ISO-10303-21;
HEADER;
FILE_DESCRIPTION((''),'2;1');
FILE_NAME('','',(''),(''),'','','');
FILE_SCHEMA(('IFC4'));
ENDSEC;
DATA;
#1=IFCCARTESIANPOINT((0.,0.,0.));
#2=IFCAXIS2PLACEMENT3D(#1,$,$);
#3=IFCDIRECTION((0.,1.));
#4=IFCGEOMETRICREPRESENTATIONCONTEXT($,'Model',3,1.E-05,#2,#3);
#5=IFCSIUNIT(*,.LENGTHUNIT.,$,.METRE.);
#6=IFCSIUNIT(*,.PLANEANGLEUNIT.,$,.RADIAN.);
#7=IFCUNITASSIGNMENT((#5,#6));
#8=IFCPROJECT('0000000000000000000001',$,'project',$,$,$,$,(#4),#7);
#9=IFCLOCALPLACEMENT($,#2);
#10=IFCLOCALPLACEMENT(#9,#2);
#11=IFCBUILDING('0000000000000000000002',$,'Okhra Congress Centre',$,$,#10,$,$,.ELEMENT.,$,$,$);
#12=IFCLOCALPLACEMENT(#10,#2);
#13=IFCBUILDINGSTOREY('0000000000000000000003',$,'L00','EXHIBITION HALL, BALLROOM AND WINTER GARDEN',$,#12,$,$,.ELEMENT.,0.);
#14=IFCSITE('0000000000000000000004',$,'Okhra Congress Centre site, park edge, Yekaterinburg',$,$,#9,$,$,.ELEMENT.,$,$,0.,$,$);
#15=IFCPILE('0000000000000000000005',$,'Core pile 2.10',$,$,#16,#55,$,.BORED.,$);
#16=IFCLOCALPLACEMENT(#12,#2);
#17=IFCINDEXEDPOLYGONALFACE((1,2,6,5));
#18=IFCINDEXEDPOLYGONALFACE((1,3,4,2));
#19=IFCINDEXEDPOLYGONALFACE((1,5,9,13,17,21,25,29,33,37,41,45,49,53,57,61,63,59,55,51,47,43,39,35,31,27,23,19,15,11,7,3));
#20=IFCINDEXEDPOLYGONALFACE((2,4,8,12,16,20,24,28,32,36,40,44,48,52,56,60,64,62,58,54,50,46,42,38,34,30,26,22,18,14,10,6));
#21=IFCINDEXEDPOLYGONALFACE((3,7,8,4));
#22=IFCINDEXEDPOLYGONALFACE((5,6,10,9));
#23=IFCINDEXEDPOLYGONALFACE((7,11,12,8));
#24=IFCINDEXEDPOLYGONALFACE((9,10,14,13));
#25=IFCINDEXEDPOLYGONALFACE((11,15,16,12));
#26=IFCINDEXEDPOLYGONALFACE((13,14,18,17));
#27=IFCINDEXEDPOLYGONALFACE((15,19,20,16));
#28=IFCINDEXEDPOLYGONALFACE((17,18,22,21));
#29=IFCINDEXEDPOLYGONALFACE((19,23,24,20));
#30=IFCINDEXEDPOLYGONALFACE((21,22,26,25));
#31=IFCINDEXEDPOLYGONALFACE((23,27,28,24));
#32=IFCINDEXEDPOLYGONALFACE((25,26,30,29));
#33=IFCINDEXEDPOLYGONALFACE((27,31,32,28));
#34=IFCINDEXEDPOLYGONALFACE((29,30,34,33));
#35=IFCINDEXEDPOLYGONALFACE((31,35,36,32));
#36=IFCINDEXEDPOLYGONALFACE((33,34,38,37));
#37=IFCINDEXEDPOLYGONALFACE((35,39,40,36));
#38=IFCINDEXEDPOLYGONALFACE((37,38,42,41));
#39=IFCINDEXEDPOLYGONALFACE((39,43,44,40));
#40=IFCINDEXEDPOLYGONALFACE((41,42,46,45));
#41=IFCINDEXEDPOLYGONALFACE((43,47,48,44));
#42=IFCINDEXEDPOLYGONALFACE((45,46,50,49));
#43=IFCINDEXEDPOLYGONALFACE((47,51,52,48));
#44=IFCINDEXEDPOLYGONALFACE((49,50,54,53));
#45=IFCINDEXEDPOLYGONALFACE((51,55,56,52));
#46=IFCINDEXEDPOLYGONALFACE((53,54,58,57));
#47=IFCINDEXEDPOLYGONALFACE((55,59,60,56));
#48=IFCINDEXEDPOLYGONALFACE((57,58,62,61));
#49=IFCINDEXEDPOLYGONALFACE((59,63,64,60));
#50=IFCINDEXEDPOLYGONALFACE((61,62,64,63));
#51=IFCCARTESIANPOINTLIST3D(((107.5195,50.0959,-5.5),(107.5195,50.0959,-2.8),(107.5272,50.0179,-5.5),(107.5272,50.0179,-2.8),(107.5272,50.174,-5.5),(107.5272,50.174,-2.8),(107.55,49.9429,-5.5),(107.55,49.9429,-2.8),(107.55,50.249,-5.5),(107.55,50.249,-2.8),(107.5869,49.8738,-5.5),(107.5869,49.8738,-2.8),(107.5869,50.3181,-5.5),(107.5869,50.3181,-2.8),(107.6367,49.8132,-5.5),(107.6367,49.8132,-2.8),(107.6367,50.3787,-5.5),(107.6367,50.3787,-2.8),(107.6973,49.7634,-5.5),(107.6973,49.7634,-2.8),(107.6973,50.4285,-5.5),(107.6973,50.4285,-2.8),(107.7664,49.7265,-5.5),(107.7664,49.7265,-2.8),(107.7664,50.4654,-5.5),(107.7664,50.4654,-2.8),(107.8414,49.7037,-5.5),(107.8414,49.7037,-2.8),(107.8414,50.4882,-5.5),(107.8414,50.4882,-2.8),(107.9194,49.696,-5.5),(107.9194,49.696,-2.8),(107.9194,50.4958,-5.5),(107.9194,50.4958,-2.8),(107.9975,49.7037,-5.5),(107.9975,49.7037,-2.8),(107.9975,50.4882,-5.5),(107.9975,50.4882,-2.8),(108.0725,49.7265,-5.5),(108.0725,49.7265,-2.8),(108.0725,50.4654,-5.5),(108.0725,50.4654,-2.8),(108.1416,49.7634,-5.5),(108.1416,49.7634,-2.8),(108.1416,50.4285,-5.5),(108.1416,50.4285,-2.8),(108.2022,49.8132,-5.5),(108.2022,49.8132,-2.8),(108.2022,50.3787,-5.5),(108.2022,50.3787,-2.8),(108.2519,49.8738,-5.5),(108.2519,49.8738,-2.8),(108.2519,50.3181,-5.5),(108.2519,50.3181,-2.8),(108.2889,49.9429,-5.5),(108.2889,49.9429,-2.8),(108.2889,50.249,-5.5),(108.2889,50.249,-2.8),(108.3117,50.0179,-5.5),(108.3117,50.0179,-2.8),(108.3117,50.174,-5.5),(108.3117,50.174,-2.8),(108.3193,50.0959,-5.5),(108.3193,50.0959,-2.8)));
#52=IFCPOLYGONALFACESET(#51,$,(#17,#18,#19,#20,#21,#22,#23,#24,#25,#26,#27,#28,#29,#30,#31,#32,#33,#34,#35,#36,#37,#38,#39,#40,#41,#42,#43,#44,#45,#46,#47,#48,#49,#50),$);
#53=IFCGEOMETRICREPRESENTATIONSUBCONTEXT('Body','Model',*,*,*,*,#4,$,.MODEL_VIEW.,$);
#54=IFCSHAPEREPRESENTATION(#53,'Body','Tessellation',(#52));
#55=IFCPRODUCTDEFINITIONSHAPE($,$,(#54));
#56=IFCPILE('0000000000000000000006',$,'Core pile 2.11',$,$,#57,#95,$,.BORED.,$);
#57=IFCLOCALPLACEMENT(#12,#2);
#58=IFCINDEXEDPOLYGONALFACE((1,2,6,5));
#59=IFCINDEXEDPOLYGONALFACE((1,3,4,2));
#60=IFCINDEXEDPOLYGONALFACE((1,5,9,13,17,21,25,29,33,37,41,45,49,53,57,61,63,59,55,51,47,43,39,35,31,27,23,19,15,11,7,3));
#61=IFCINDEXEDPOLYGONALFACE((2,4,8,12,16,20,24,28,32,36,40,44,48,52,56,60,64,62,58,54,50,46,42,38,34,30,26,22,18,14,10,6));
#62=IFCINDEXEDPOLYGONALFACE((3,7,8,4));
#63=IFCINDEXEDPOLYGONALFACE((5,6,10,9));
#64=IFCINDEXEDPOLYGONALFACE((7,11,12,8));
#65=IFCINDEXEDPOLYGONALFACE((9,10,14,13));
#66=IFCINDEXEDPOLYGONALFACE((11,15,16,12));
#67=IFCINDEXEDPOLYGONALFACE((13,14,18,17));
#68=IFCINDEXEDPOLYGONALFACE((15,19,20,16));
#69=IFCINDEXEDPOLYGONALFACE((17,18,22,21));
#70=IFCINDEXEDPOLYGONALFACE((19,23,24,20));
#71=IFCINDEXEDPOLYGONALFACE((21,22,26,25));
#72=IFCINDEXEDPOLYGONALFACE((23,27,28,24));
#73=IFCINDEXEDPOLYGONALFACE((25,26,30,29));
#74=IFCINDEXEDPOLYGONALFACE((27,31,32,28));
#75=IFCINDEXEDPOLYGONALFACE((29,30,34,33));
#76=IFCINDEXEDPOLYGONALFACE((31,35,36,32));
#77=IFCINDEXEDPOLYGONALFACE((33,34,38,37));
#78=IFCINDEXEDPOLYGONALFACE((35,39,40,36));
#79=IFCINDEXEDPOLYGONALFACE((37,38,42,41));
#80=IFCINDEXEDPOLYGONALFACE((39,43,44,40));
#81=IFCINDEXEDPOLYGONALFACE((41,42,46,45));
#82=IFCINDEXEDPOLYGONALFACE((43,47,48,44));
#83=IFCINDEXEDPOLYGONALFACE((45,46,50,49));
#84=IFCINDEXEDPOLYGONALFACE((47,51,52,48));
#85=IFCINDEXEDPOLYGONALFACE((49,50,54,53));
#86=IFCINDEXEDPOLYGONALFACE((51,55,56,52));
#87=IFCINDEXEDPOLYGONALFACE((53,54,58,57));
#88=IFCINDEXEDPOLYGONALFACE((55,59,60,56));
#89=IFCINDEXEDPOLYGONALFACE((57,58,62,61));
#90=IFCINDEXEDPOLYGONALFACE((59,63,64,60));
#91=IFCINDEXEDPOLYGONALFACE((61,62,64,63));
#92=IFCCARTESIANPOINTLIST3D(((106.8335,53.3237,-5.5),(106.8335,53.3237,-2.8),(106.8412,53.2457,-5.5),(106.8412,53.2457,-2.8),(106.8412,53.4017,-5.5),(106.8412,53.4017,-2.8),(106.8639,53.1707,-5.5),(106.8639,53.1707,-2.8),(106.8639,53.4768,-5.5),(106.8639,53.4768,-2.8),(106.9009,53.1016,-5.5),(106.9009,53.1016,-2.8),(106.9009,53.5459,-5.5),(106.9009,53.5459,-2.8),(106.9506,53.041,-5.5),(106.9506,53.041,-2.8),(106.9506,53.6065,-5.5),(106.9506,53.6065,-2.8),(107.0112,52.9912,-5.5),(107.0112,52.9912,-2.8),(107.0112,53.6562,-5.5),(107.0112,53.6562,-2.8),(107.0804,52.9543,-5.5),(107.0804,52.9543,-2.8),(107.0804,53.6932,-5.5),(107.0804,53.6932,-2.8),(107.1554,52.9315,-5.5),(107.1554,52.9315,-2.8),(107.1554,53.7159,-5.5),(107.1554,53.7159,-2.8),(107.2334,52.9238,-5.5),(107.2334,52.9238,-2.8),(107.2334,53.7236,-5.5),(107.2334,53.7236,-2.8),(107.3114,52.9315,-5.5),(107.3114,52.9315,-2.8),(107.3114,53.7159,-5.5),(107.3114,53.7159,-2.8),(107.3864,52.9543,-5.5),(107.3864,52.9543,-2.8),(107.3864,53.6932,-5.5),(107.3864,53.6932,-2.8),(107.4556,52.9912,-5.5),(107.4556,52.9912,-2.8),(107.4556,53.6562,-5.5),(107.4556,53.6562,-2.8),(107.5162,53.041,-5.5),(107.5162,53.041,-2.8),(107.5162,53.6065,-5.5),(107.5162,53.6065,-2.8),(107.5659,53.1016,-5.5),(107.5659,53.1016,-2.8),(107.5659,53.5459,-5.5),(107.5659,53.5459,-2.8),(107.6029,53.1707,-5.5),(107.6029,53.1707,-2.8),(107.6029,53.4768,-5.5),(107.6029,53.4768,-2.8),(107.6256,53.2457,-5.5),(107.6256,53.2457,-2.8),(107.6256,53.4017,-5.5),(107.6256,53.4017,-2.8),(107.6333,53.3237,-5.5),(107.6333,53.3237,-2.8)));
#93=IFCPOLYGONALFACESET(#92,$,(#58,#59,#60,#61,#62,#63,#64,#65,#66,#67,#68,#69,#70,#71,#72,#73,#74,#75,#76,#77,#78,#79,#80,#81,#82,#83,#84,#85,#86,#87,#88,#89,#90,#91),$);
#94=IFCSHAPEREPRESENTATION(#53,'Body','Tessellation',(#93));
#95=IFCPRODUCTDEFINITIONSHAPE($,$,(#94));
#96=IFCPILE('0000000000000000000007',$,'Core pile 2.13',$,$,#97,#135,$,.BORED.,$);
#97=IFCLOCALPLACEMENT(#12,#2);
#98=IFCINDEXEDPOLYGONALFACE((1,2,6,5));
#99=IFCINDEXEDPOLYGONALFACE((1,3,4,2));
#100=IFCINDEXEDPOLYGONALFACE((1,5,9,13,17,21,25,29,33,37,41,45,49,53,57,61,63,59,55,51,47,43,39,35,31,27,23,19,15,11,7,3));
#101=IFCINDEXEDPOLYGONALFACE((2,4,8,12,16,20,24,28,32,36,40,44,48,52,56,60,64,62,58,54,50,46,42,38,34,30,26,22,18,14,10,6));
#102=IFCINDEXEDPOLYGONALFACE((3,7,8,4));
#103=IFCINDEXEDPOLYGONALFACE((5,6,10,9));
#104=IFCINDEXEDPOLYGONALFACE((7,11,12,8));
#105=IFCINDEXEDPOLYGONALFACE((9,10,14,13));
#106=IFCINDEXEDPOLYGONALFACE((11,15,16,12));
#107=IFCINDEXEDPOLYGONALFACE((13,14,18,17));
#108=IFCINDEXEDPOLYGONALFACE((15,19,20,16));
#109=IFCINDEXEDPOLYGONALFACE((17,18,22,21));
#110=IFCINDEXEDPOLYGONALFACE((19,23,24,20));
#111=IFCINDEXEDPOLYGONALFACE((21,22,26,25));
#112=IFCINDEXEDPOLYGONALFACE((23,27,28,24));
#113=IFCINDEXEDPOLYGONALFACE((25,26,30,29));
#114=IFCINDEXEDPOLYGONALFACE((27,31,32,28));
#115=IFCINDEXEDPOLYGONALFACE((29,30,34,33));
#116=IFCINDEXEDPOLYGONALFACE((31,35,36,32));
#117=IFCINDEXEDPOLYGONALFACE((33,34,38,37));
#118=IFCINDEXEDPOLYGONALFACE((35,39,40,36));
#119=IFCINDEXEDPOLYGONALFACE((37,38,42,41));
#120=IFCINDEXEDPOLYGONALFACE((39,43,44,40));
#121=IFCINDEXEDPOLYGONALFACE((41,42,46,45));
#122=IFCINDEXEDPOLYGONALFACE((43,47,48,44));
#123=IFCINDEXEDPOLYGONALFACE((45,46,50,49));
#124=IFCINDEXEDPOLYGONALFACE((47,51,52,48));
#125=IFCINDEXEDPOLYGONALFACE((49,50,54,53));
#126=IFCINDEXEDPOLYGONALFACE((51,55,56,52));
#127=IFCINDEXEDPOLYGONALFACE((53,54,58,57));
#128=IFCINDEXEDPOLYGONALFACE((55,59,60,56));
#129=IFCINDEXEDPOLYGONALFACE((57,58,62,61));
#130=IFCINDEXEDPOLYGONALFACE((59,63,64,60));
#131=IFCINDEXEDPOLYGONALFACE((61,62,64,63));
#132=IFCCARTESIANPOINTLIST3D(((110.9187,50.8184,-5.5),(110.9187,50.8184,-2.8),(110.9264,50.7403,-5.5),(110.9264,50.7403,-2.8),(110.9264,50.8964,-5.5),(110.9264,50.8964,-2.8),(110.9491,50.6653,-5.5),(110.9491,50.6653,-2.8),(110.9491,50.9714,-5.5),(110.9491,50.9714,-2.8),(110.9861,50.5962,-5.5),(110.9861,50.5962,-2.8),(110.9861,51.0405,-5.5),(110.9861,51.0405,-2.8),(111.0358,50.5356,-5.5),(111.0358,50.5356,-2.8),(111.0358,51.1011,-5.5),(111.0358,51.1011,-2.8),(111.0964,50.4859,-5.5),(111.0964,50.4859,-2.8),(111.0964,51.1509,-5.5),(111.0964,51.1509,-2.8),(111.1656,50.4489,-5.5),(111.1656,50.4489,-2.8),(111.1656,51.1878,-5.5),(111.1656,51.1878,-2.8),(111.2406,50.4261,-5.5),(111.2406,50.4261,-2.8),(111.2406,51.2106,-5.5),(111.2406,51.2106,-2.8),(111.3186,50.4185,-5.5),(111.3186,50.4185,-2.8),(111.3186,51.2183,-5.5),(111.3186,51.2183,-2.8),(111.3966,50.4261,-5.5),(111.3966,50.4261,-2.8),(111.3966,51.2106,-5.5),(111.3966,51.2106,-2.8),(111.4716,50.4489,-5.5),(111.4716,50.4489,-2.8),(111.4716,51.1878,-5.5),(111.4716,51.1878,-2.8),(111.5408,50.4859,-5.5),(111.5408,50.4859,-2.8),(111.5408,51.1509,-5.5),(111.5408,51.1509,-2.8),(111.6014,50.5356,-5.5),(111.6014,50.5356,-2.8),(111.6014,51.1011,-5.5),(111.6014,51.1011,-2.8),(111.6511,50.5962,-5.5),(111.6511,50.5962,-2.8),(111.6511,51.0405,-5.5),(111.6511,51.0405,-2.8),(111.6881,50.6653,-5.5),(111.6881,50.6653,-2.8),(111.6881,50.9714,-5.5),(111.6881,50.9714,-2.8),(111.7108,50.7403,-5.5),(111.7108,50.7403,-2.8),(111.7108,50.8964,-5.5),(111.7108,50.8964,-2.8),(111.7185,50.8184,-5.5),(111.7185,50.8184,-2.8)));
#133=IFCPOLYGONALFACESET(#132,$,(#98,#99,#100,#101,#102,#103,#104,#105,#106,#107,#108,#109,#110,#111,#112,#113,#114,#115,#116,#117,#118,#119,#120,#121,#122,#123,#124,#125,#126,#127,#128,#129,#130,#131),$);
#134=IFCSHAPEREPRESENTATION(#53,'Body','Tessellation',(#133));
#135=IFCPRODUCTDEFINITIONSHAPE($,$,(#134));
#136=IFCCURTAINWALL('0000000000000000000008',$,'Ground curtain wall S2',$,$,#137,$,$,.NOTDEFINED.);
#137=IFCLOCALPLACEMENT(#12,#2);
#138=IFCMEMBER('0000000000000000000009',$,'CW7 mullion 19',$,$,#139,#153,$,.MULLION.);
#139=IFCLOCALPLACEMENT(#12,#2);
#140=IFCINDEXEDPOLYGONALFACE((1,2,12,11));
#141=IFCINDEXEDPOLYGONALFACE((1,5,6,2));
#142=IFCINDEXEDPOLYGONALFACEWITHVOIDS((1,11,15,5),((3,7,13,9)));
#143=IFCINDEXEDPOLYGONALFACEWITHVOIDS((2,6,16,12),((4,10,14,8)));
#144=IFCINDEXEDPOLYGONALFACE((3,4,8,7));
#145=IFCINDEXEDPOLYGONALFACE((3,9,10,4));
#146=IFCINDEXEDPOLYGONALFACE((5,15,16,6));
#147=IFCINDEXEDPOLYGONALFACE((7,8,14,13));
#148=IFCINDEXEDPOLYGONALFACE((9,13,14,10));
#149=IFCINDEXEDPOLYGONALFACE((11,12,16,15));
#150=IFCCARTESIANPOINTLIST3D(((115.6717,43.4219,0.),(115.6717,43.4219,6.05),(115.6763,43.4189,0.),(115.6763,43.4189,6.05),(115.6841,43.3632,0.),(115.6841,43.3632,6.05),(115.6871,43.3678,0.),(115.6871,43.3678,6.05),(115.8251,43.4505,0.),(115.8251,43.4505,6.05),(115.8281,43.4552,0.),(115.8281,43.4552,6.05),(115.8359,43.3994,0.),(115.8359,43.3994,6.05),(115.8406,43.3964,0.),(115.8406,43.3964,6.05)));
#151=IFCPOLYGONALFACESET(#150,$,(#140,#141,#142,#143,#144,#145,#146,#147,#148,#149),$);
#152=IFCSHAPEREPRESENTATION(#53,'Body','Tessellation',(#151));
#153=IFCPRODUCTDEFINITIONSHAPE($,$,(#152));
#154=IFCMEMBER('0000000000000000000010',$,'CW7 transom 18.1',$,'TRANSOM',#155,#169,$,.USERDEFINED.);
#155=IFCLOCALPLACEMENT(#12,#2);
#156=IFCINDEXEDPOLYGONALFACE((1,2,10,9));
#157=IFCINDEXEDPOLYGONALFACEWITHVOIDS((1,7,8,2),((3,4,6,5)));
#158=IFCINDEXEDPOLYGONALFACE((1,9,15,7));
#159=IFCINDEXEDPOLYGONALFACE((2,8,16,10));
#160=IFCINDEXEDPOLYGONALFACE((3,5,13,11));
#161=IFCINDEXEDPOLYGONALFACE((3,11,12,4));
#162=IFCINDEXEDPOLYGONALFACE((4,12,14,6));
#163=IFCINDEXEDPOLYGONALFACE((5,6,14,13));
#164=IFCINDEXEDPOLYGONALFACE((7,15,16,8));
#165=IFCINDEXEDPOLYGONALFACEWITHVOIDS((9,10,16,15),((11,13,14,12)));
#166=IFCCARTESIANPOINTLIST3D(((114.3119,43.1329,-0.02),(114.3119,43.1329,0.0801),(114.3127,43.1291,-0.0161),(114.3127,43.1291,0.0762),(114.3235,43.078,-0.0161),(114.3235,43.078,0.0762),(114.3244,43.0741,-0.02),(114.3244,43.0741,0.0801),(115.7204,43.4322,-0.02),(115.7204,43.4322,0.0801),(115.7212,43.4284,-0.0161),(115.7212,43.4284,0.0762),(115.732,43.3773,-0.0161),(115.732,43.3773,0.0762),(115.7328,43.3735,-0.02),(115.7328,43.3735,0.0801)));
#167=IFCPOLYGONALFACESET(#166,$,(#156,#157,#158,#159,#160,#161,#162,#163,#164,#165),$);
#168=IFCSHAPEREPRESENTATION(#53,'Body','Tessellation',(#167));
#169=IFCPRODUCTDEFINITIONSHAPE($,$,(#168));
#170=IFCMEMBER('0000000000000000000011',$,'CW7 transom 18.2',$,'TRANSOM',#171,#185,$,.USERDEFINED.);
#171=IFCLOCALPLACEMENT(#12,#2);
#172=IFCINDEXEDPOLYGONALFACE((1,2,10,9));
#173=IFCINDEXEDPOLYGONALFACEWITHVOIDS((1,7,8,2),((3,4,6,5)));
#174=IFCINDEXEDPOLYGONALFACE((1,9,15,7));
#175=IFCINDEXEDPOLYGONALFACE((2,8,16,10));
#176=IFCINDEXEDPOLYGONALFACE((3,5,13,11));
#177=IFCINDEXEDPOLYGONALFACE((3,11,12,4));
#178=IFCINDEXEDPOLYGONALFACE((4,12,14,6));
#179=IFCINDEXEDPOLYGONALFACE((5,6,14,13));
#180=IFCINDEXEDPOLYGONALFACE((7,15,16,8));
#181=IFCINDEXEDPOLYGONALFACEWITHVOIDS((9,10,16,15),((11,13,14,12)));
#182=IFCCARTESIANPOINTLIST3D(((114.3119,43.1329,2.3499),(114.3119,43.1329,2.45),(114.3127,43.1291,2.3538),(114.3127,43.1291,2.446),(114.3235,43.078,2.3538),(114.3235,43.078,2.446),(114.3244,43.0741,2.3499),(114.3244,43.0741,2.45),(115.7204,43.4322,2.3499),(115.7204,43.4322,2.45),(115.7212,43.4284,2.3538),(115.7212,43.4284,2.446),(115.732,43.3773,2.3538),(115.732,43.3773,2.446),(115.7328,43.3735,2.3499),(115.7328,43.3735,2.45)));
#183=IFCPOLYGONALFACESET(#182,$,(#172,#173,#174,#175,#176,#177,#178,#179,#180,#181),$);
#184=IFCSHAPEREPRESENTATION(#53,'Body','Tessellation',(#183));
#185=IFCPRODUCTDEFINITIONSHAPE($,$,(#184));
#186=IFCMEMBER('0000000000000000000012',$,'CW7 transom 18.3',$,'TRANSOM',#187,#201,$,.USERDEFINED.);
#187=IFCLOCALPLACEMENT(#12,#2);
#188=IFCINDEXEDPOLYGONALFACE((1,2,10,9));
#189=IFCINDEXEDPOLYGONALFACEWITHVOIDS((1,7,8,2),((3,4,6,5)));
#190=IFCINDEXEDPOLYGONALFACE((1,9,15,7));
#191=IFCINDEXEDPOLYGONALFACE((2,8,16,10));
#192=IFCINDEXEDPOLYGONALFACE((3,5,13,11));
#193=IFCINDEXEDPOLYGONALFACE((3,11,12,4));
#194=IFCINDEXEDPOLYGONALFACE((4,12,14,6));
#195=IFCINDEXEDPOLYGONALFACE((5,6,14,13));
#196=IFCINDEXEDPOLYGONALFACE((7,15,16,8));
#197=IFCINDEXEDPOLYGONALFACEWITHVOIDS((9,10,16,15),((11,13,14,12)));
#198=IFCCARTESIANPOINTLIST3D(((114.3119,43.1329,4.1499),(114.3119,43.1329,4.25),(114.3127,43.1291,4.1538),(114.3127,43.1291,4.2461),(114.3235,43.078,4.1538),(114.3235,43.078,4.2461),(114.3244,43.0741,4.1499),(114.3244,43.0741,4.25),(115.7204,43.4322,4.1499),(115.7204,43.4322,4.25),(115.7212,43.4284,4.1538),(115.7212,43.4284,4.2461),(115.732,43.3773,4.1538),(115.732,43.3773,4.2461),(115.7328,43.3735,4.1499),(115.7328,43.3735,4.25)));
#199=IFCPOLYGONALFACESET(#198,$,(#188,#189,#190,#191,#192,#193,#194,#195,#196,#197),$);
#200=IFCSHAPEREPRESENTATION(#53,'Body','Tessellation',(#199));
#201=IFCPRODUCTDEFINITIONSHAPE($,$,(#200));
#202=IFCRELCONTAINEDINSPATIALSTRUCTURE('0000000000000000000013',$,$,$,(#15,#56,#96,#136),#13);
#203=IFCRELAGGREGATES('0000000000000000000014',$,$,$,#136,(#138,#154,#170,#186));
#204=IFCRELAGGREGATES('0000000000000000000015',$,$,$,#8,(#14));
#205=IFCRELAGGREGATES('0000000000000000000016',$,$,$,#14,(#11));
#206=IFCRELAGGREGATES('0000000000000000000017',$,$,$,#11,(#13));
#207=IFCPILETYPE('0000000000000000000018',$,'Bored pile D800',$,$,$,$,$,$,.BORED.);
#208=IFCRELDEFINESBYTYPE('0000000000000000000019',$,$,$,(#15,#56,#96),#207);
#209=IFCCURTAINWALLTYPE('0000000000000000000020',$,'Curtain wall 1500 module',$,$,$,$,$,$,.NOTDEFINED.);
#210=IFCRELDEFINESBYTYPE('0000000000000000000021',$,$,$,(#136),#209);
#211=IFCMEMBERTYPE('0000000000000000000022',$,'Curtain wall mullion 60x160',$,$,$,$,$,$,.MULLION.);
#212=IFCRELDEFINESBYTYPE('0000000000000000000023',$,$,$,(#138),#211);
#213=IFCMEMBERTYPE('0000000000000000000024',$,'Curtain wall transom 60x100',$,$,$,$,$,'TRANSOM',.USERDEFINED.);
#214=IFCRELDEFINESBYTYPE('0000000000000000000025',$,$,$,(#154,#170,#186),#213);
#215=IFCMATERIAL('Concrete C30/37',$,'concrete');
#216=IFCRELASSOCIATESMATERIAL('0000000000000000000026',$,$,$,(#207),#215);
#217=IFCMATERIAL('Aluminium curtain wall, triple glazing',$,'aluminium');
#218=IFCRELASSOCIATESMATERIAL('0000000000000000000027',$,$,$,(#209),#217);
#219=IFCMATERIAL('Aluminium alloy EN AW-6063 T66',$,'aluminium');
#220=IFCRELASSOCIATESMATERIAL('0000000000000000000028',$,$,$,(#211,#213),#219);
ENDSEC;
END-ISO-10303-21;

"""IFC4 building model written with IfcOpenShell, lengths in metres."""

from ifc_helpers import new_model, si_unit, direction, frame, origin, origin_2d, place, context, subcontext, project, spatial, hollow_rectangle, circle, extrude, material, material_profile, profile_set, type_object, element, aggregate, save


model = new_model("IFC4")

# Units and contexts
model_context = context("Model", 3, precision=1e-05, world=origin(), true_north=direction((0.0, 1.0)))
body_context = subcontext(model_context, "Body", "Model", "MODEL_VIEW")
ifc_project = project(units=[si_unit("LENGTHUNIT", "METRE"), si_unit("PLANEANGLEUNIT", "RADIAN")], contexts=[model_context])

# Site, building, storey
site_placement = place(None, origin())
site = spatial("IfcSite", under=ifc_project, at=site_placement, Name="Okhra Congress Centre site, park edge, Yekaterinburg", CompositionType="ELEMENT", RefElevation=0.0)
building_placement = place(site_placement, origin())
building = spatial("IfcBuilding", under=site, at=building_placement, Name="Okhra Congress Centre", CompositionType="ELEMENT")
storey_placement = place(building_placement, origin())
storey = spatial("IfcBuildingStorey", under=building, at=storey_placement, Name="L00", Description="EXHIBITION HALL, BALLROOM AND WINTER GARDEN", CompositionType="ELEMENT", Elevation=0.0)

# Piles
ifc_material_1 = material(Name="Concrete C30/37", Category="concrete")
ifc_material_profile_1 = material_profile(ifc_material_1, circle(Radius=0.3999, at=origin_2d()), Name="D800")
ifc_profile_set_1 = profile_set([ifc_material_profile_1], Name="Concrete C30/37")
pile_type = type_object("IfcPileType", Name="Bored pile D800", PredefinedType="BORED", material=ifc_profile_set_1)
for number, where, z_axis, x_axis, name in (
    (1, (107.9194, 50.0959, -2.8), (0.0, 0.0, -1.0), (1.0, 0.0, 0.0), "Core pile 2.10"),
    (2, (107.2334, 53.3237, -2.8), (0.0, 0.0, -1.0), (1.0, 0.0, 0.0), "Core pile 2.11"),
    (3, (111.3186, 50.8184, -2.8), (0.0, 0.0, -1.0), (1.0, 0.0, 0.0), "Core pile 2.13"),
):
    element("IfcPile", number, at=place(storey_placement, frame(where, z_axis=z_axis, x_axis=x_axis)), inside=storey, type_object=pile_type, Name=name, PredefinedType="BORED", context=body_context, shape_type="SweptSolid", body=[
        extrude(circle(Radius=0.3999, at=origin_2d()), origin(), (0.0, 0.0, 1.0), 2.7),
    ])

# Curtain wall, members
ifc_material_2 = material(Name="Aluminium curtain wall, triple glazing", Category="aluminium")
curtain_wall_type = type_object("IfcCurtainWallType", Name="Curtain wall 1500 module", PredefinedType="NOTDEFINED", material=ifc_material_2)
curtain_wall_placement = place(storey_placement, origin())
curtain_wall = element("IfcCurtainWall", 4, at=curtain_wall_placement, inside=storey, type_object=curtain_wall_type, Name="Ground curtain wall S2", PredefinedType="NOTDEFINED")
ifc_material_3 = material(Name="Aluminium alloy EN AW-6063 T66", Category="aluminium")
ifc_material_profile_2 = material_profile(ifc_material_3, hollow_rectangle(XDim=0.0601, YDim=0.1599, WallThickness=0.0039, at=origin_2d()), Name="RHS 60x160x4")
ifc_profile_set_2 = profile_set([ifc_material_profile_2], Name="Aluminium alloy EN AW-6063 T66")
member_type_1 = type_object("IfcMemberType", Name="Curtain wall mullion 60x160", PredefinedType="MULLION", material=ifc_profile_set_2)
member_1_placement = place(storey_placement, frame((115.7561, 43.4092, 0.0), z_axis=(0.0, 0.0, 1.0), x_axis=(-0.207912, 0.978148, 0.0)))
member_1 = element("IfcMember", 5, at=member_1_placement, type_object=member_type_1, Name="CW7 mullion 19", PredefinedType="MULLION", context=body_context, shape_type="SweptSolid", body=[
    extrude(hollow_rectangle(XDim=0.0601, YDim=0.1599, WallThickness=0.0039, at=origin_2d()), origin(), (0.0, 0.0, 1.0), 6.05),
])
ifc_material_profile_3 = material_profile(ifc_material_3, hollow_rectangle(XDim=0.0601, YDim=0.1001, WallThickness=0.0039, at=origin_2d()), Name="RHS 60x100x4")
ifc_profile_set_3 = profile_set([ifc_material_profile_3], Name="Aluminium alloy EN AW-6063 T66")
member_type_2 = type_object("IfcMemberType", Name="Curtain wall transom 60x100", ElementType="TRANSOM", PredefinedType="USERDEFINED", material=ifc_profile_set_3)
member_2_placement = place(storey_placement, frame((114.3181, 43.1035, 0.03), z_axis=(0.978156, 0.207873, 0.0), x_axis=(-0.207873, 0.978156, 0.0)))
member_2 = element("IfcMember", 6, at=member_2_placement, type_object=member_type_2, Name="CW7 transom 18.1", ObjectType="TRANSOM", PredefinedType="USERDEFINED", context=body_context, shape_type="SweptSolid", body=[
    extrude(hollow_rectangle(XDim=0.0601, YDim=0.1001, WallThickness=0.0039, at=origin_2d()), origin(), (0.0, 0.0, 1.0), 1.4399),
])
member_3_placement = place(storey_placement, frame((114.3181, 43.1035, 2.3999), z_axis=(0.978156, 0.207873, 0.0), x_axis=(-0.207873, 0.978156, 0.0)))
member_3 = element("IfcMember", 7, at=member_3_placement, type_object=member_type_2, Name="CW7 transom 18.2", ObjectType="TRANSOM", PredefinedType="USERDEFINED", context=body_context, shape_type="SweptSolid", body=[
    extrude(hollow_rectangle(XDim=0.0601, YDim=0.1001, WallThickness=0.0039, at=origin_2d()), origin(), (0.0, 0.0, 1.0), 1.4399),
])
member_4_placement = place(storey_placement, frame((114.3181, 43.1035, 4.2), z_axis=(0.978156, 0.207873, 0.0), x_axis=(-0.207873, 0.978156, 0.0)))
member_4 = element("IfcMember", 8, at=member_4_placement, type_object=member_type_2, Name="CW7 transom 18.3", ObjectType="TRANSOM", PredefinedType="USERDEFINED", context=body_context, shape_type="SweptSolid", body=[
    extrude(hollow_rectangle(XDim=0.0601, YDim=0.1001, WallThickness=0.0039, at=origin_2d()), origin(), (0.0, 0.0, 1.0), 1.4399),
])
aggregate(curtain_wall, [member_1, member_2, member_3, member_4])

save(model, "model.ifc")
